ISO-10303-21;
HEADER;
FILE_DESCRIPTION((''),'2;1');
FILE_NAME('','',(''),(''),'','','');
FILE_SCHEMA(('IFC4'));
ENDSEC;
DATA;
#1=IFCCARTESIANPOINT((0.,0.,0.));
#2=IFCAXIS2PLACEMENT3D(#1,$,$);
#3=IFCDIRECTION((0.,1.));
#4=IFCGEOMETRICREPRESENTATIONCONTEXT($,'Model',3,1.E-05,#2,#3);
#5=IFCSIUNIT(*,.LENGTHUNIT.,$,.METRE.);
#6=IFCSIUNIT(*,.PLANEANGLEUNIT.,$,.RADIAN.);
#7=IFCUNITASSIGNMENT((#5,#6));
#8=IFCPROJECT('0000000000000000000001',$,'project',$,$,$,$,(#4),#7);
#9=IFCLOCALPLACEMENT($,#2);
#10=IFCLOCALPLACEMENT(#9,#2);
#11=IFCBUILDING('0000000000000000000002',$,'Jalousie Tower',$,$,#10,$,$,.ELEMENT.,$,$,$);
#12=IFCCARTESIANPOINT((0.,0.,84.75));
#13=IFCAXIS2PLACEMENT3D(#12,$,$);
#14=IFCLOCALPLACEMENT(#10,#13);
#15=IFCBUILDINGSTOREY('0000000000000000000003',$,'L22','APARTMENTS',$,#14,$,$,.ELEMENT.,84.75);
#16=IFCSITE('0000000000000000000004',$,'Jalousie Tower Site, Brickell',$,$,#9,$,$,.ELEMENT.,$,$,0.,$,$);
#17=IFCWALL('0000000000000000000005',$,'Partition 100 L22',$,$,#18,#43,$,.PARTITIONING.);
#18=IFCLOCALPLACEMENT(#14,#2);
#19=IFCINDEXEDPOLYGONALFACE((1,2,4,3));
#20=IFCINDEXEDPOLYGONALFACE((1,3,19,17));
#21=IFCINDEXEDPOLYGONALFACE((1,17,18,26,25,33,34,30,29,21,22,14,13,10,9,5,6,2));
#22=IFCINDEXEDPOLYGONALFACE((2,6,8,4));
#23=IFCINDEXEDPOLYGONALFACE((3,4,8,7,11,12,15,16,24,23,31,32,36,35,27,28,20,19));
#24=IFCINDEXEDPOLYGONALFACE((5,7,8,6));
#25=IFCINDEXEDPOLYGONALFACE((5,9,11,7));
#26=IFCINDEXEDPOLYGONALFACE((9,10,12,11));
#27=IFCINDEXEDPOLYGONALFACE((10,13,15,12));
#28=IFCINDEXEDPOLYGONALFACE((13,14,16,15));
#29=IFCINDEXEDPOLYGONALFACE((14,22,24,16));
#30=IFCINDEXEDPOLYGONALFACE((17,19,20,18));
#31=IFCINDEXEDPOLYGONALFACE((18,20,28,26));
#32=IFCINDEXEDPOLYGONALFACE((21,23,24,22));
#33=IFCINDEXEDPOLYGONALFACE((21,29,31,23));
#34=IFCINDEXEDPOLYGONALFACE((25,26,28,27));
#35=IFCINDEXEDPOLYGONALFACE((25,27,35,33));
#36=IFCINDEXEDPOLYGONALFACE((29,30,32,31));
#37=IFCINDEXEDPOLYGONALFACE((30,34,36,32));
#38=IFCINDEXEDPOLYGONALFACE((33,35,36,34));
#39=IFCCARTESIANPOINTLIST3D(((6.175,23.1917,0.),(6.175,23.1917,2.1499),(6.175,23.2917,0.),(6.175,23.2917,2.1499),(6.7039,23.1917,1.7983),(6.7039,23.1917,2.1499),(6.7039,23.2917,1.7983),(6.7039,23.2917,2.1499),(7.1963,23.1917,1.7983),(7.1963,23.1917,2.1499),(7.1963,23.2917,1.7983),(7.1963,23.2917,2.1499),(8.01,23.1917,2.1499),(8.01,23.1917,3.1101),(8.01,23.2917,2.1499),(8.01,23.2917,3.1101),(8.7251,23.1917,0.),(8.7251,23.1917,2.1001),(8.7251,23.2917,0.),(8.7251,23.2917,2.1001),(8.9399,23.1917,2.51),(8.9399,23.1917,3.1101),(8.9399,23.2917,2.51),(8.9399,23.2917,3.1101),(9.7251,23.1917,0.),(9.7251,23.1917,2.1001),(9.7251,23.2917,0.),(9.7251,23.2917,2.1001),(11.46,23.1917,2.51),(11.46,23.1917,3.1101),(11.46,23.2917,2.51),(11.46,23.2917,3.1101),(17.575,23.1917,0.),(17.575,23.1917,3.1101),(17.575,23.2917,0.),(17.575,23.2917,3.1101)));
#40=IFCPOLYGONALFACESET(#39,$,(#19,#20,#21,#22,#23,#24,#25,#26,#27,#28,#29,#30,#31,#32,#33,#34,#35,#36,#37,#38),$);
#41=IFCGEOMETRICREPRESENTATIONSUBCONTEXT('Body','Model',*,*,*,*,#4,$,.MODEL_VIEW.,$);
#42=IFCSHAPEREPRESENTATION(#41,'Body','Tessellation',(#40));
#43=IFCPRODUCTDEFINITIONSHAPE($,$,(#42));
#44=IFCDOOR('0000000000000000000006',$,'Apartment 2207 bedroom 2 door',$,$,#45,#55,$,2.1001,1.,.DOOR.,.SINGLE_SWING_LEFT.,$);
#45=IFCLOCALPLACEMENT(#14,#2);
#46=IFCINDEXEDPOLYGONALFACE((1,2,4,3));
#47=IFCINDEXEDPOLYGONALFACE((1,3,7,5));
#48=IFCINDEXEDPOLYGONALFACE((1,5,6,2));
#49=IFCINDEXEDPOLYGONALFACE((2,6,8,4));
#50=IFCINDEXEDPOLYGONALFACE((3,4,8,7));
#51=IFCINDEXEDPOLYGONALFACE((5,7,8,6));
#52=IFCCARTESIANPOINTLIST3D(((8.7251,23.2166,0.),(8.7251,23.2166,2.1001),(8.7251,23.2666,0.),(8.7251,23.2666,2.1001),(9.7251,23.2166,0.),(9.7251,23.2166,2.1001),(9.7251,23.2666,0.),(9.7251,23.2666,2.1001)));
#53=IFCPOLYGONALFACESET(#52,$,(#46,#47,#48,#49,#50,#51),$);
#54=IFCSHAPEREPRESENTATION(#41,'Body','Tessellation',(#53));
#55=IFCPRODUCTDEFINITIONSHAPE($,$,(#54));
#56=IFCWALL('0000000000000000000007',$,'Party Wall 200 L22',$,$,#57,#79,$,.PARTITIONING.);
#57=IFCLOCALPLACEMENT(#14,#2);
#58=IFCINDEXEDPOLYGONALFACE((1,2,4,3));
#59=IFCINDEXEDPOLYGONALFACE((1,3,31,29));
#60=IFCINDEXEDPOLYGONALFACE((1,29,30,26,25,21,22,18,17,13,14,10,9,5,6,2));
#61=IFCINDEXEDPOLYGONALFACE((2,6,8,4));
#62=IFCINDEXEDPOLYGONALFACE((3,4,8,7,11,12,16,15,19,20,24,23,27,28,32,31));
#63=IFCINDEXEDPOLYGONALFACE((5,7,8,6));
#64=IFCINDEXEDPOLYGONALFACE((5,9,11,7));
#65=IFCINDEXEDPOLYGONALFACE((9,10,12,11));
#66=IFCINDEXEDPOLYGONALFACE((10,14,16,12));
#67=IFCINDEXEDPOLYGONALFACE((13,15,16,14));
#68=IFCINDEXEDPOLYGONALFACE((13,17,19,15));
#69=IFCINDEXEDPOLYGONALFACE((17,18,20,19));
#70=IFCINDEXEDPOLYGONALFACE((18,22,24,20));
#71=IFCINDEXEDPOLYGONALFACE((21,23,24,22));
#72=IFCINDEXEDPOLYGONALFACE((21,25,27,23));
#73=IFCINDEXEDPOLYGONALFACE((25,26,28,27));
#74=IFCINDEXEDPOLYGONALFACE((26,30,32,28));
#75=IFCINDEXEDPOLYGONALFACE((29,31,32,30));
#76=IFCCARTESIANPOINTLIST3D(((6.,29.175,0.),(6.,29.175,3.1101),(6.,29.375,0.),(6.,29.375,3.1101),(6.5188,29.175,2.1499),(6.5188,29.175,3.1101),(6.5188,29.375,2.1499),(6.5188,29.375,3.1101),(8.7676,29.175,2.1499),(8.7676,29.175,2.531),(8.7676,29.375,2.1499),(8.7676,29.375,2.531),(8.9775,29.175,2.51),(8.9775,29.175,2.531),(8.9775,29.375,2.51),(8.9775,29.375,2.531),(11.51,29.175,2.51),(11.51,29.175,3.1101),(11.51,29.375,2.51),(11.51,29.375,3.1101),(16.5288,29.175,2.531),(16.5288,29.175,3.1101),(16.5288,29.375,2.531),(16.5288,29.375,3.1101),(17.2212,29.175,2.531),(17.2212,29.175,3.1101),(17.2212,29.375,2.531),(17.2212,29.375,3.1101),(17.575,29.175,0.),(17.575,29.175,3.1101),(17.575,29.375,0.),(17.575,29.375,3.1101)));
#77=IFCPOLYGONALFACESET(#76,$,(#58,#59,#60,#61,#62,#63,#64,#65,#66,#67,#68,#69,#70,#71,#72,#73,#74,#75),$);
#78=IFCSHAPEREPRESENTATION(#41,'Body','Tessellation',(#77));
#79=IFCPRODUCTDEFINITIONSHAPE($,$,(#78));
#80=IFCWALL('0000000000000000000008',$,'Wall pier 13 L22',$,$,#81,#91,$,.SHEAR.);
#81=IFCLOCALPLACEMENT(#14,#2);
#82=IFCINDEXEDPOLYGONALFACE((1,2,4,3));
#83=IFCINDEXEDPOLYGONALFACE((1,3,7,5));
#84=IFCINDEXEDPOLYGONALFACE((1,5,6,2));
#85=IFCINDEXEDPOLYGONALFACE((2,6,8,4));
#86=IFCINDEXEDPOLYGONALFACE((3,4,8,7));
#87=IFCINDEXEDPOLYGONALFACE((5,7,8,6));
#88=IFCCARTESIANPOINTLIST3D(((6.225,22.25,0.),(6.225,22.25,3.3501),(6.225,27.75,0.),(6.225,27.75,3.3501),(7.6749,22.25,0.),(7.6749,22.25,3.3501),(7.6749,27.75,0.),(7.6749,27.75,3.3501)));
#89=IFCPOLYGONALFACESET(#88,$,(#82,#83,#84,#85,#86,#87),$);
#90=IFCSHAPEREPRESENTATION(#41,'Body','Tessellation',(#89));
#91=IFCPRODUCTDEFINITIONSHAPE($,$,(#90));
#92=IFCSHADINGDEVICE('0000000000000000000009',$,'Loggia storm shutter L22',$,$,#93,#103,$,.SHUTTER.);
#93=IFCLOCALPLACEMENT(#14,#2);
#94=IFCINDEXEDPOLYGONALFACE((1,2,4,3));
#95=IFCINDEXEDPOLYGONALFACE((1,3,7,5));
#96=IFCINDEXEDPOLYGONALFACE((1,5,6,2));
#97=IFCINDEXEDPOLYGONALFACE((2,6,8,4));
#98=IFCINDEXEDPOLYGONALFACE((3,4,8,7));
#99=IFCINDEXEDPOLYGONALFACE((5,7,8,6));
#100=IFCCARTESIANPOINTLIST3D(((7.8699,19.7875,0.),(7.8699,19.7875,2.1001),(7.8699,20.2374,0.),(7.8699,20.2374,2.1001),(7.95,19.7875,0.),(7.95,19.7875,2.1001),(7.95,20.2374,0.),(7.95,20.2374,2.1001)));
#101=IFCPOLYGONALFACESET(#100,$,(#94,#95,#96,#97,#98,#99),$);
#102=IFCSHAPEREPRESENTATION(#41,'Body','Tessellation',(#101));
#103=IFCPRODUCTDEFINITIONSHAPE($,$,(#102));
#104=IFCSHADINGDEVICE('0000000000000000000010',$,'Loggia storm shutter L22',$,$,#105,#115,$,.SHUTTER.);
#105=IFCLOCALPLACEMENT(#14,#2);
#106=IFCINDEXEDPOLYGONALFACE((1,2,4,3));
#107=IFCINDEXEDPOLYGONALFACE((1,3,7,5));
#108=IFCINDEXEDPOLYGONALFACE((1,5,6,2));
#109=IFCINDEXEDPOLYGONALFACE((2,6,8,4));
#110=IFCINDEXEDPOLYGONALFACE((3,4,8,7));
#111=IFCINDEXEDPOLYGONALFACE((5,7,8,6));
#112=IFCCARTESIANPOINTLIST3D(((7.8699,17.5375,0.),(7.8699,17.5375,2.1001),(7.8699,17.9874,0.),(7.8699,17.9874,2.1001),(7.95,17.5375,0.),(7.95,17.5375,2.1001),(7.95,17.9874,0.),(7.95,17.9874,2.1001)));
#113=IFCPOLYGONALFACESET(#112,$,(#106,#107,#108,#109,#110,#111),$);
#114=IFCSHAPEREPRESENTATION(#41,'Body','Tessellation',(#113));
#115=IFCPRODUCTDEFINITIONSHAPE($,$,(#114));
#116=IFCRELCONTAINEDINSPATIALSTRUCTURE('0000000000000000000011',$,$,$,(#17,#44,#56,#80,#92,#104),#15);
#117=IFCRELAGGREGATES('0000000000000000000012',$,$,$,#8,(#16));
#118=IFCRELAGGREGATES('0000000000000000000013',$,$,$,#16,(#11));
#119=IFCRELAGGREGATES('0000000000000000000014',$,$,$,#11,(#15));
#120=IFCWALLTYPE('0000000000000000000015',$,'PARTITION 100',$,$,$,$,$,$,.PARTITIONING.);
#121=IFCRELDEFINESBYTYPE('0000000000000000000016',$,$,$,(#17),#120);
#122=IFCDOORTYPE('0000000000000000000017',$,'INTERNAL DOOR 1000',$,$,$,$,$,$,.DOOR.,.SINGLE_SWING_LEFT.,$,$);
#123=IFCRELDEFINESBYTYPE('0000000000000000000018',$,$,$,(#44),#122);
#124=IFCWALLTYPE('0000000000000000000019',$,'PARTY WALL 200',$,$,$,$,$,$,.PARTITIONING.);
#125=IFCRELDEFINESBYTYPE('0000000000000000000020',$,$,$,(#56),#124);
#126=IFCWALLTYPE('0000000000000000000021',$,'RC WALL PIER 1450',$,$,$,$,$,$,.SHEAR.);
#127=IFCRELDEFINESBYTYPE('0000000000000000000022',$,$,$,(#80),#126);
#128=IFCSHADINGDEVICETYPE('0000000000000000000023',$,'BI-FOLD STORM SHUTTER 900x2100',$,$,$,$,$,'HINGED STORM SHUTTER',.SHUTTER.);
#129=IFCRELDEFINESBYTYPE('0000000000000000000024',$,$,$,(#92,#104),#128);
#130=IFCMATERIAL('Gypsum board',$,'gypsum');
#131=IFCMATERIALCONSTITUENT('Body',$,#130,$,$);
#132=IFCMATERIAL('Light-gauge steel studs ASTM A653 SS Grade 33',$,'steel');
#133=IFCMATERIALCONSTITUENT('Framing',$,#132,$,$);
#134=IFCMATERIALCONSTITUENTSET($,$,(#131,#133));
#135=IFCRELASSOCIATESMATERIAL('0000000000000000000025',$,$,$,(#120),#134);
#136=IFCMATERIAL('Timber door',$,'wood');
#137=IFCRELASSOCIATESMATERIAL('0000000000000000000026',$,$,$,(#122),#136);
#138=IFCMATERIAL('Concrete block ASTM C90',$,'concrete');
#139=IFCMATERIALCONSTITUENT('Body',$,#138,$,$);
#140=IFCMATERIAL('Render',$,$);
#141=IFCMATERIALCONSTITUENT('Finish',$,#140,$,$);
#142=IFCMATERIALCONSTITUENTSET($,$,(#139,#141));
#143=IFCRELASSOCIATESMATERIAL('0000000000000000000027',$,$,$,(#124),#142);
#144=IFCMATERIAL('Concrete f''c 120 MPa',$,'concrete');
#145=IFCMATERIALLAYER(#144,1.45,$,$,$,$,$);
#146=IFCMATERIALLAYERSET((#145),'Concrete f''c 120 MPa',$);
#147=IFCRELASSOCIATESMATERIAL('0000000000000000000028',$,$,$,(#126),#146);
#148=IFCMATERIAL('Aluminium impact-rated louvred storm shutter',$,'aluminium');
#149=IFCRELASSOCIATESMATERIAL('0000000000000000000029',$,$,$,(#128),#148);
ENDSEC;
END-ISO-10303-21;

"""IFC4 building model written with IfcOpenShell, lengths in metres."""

from ifc_helpers import new_model, si_unit, direction, frame, frame_2d, origin, origin_2d, place, context, subcontext, project, spatial, polyline, rectangle, outline, extrude, material, layer, layer_set, constituent, constituent_set, type_object, element, fill, save


model = new_model("IFC4")

# Units and contexts
model_context = context("Model", 3, precision=1e-05, world=origin(), true_north=direction((0.0, 1.0)))
body_context = subcontext(model_context, "Body", "Model", "MODEL_VIEW")
ifc_project = project(units=[si_unit("LENGTHUNIT", "METRE"), si_unit("PLANEANGLEUNIT", "RADIAN")], contexts=[model_context])

# Site, building, storey
site_placement = place(None, origin())
site = spatial("IfcSite", under=ifc_project, at=site_placement, Name="Jalousie Tower Site, Brickell", CompositionType="ELEMENT", RefElevation=0.0)
building_placement = place(site_placement, origin())
building = spatial("IfcBuilding", under=site, at=building_placement, Name="Jalousie Tower", CompositionType="ELEMENT")
storey_placement = place(building_placement, frame((0.0, 0.0, 84.75)))
storey = spatial("IfcBuildingStorey", under=building, at=storey_placement, Name="L22", Description="APARTMENTS", CompositionType="ELEMENT", Elevation=84.75)

# Wall, opening, door
ifc_material_1 = material(Name="Gypsum board", Category="gypsum")
ifc_constituent_1 = constituent(ifc_material_1, Name="Body")
ifc_material_2 = material(Name="Light-gauge steel studs ASTM A653 SS Grade 33", Category="steel")
ifc_constituent_2 = constituent(ifc_material_2, Name="Framing")
ifc_constituent_set_1 = constituent_set(constituents=[ifc_constituent_1, ifc_constituent_2])
wall_type_1 = type_object("IfcWallType", Name="PARTITION 100", PredefinedType="PARTITIONING", material=ifc_constituent_set_1)
ifc_material_3 = material(Name="Timber door", Category="wood")
door_type = type_object("IfcDoorType", Name="INTERNAL DOOR 1000", OperationType="SINGLE_SWING_LEFT", PredefinedType="DOOR", material=ifc_material_3)
wall_1_placement = place(storey_placement, frame((6.175, 23.2417, 0.0), z_axis=(0.0, 0.0, 1.0), x_axis=(1.0, 0.0, 0.0)))
wall_1 = element("IfcWall", 1, at=wall_1_placement, inside=storey, type_object=wall_type_1, Name="Partition 100 L22", PredefinedType="PARTITIONING", context=body_context, shape_type="SweptSolid", body=[
    extrude(outline(polyline([(0.0, 0.0), (11.3999, 0.0), (11.3999, 3.1101), (5.2849, 3.1101), (5.2849, 2.51), (2.7649, 2.51), (2.7649, 3.1101), (1.835, 3.1101), (1.835, 2.1499), (1.0212, 2.1499), (1.0212, 1.7983), (0.5288, 1.7983), (0.5288, 2.1499), (0.0, 2.1499), (0.0, 0.0)])), frame((0.0, 0.05, 0.0), z_axis=(0.0, -1.0, 0.0), x_axis=(1.0, 0.0, 0.0)), (0.0, 0.0, 1.0), 0.1001),
])
opening_1_placement = place(wall_1_placement, frame((2.55, 0.0, 0.0)))
opening_1 = element("IfcOpeningElement", 2, at=opening_1_placement, cuts=wall_1, PredefinedType="OPENING", context=body_context, shape_type="SweptSolid", body=[
    extrude(rectangle(XDim=1.0, YDim=2.1001, at=frame_2d((0.5, 1.05))), frame((0.0, 0.0601, 0.0), z_axis=(0.0, -1.0, 0.0), x_axis=(1.0, 0.0, 0.0)), (0.0, 0.0, 1.0), 0.1201),
])
door_1_placement = place(opening_1_placement, origin())
door_1 = element("IfcDoor", 3, at=door_1_placement, inside=storey, type_object=door_type, Name="Apartment 2207 bedroom 2 door", OperationType="SINGLE_SWING_LEFT", OverallHeight=2.1001, OverallWidth=1.0, PredefinedType="DOOR", context=body_context, shape_type="SweptSolid", body=[
    extrude(rectangle(XDim=1.0, YDim=2.1001, at=frame_2d((0.5, 1.05))), frame((0.0, 0.0249, 0.0), z_axis=(0.0, -1.0, 0.0), x_axis=(1.0, 0.0, 0.0)), (0.0, 0.0, 1.0), 0.05),
])
fill(opening_1, door_1)

# Walls
ifc_material_4 = material(Name="Concrete block ASTM C90", Category="concrete")
ifc_constituent_3 = constituent(ifc_material_4, Name="Body")
ifc_material_5 = material(Name="Render")
ifc_constituent_4 = constituent(ifc_material_5, Name="Finish")
ifc_constituent_set_2 = constituent_set(constituents=[ifc_constituent_3, ifc_constituent_4])
wall_type_2 = type_object("IfcWallType", Name="PARTY WALL 200", PredefinedType="PARTITIONING", material=ifc_constituent_set_2)
wall_2_placement = place(storey_placement, frame((6.0, 29.2749, 0.0), z_axis=(0.0, 0.0, 1.0), x_axis=(1.0, 0.0, 0.0)))
element("IfcWall", 4, at=wall_2_placement, inside=storey, type_object=wall_type_2, Name="Party Wall 200 L22", PredefinedType="PARTITIONING", context=body_context, shape_type="SweptSolid", body=[
    extrude(outline(polyline([(0.0, 0.0), (11.575, 0.0), (11.575, 3.1101), (11.2212, 3.1101), (11.2212, 2.531), (10.5288, 2.531), (10.5288, 3.1101), (5.51, 3.1101), (5.51, 2.51), (2.9775, 2.51), (2.9775, 2.531), (2.7676, 2.531), (2.7676, 2.1499), (0.5188, 2.1499), (0.5188, 3.1101), (0.0, 3.1101), (0.0, 0.0)])), frame((0.0, 0.1001, 0.0), z_axis=(0.0, -1.0, 0.0), x_axis=(1.0, 0.0, 0.0)), (0.0, 0.0, 1.0), 0.2),
])
ifc_material_6 = material(Name="Concrete f'c 120 MPa", Category="concrete")
ifc_layer_1 = layer(ifc_material_6, 1.45)
ifc_layer_set_1 = layer_set([ifc_layer_1], Name="Concrete f'c 120 MPa")
wall_type_3 = type_object("IfcWallType", Name="RC WALL PIER 1450", PredefinedType="SHEAR", material=ifc_layer_set_1)
wall_3_placement = place(storey_placement, frame((6.95, 22.25, 0.0), z_axis=(0.0, 0.0, 1.0), x_axis=(0.0, 1.0, 0.0)))
element("IfcWall", 5, at=wall_3_placement, inside=storey, type_object=wall_type_3, Name="Wall pier 13 L22", PredefinedType="SHEAR", context=body_context, shape_type="SweptSolid", body=[
    extrude(rectangle(XDim=5.5, YDim=1.45, at=frame_2d((2.75, 0.0))), origin(), (0.0, 0.0, 1.0), 3.3501),
])

# Shading devices
ifc_material_7 = material(Name="Aluminium impact-rated louvred storm shutter", Category="aluminium")
shading_device_type_1 = type_object("IfcShadingDeviceType", Name="BI-FOLD STORM SHUTTER 900x2100", ElementType="HINGED STORM SHUTTER", PredefinedType="SHUTTER", material=ifc_material_7)
for number, where, z_axis, x_axis, name in (
    (6, (7.9099, 20.0125, 0.0), (0.0, 0.0, 1.0), (0.0, -1.0, 0.0), "Loggia storm shutter L22"),
    (7, (7.9099, 17.7625, 0.0), (0.0, 0.0, 1.0), (0.0, -1.0, 0.0), "Loggia storm shutter L22"),
):
    element("IfcShadingDevice", number, at=place(storey_placement, frame(where, z_axis=z_axis, x_axis=x_axis)), inside=storey, type_object=shading_device_type_1, Name=name, PredefinedType="SHUTTER", context=body_context, shape_type="SweptSolid", body=[
        extrude(rectangle(XDim=0.45, YDim=0.0801, at=origin_2d()), origin(), (0.0, 0.0, 1.0), 2.1001),
    ])

save(model, "model.ifc")
